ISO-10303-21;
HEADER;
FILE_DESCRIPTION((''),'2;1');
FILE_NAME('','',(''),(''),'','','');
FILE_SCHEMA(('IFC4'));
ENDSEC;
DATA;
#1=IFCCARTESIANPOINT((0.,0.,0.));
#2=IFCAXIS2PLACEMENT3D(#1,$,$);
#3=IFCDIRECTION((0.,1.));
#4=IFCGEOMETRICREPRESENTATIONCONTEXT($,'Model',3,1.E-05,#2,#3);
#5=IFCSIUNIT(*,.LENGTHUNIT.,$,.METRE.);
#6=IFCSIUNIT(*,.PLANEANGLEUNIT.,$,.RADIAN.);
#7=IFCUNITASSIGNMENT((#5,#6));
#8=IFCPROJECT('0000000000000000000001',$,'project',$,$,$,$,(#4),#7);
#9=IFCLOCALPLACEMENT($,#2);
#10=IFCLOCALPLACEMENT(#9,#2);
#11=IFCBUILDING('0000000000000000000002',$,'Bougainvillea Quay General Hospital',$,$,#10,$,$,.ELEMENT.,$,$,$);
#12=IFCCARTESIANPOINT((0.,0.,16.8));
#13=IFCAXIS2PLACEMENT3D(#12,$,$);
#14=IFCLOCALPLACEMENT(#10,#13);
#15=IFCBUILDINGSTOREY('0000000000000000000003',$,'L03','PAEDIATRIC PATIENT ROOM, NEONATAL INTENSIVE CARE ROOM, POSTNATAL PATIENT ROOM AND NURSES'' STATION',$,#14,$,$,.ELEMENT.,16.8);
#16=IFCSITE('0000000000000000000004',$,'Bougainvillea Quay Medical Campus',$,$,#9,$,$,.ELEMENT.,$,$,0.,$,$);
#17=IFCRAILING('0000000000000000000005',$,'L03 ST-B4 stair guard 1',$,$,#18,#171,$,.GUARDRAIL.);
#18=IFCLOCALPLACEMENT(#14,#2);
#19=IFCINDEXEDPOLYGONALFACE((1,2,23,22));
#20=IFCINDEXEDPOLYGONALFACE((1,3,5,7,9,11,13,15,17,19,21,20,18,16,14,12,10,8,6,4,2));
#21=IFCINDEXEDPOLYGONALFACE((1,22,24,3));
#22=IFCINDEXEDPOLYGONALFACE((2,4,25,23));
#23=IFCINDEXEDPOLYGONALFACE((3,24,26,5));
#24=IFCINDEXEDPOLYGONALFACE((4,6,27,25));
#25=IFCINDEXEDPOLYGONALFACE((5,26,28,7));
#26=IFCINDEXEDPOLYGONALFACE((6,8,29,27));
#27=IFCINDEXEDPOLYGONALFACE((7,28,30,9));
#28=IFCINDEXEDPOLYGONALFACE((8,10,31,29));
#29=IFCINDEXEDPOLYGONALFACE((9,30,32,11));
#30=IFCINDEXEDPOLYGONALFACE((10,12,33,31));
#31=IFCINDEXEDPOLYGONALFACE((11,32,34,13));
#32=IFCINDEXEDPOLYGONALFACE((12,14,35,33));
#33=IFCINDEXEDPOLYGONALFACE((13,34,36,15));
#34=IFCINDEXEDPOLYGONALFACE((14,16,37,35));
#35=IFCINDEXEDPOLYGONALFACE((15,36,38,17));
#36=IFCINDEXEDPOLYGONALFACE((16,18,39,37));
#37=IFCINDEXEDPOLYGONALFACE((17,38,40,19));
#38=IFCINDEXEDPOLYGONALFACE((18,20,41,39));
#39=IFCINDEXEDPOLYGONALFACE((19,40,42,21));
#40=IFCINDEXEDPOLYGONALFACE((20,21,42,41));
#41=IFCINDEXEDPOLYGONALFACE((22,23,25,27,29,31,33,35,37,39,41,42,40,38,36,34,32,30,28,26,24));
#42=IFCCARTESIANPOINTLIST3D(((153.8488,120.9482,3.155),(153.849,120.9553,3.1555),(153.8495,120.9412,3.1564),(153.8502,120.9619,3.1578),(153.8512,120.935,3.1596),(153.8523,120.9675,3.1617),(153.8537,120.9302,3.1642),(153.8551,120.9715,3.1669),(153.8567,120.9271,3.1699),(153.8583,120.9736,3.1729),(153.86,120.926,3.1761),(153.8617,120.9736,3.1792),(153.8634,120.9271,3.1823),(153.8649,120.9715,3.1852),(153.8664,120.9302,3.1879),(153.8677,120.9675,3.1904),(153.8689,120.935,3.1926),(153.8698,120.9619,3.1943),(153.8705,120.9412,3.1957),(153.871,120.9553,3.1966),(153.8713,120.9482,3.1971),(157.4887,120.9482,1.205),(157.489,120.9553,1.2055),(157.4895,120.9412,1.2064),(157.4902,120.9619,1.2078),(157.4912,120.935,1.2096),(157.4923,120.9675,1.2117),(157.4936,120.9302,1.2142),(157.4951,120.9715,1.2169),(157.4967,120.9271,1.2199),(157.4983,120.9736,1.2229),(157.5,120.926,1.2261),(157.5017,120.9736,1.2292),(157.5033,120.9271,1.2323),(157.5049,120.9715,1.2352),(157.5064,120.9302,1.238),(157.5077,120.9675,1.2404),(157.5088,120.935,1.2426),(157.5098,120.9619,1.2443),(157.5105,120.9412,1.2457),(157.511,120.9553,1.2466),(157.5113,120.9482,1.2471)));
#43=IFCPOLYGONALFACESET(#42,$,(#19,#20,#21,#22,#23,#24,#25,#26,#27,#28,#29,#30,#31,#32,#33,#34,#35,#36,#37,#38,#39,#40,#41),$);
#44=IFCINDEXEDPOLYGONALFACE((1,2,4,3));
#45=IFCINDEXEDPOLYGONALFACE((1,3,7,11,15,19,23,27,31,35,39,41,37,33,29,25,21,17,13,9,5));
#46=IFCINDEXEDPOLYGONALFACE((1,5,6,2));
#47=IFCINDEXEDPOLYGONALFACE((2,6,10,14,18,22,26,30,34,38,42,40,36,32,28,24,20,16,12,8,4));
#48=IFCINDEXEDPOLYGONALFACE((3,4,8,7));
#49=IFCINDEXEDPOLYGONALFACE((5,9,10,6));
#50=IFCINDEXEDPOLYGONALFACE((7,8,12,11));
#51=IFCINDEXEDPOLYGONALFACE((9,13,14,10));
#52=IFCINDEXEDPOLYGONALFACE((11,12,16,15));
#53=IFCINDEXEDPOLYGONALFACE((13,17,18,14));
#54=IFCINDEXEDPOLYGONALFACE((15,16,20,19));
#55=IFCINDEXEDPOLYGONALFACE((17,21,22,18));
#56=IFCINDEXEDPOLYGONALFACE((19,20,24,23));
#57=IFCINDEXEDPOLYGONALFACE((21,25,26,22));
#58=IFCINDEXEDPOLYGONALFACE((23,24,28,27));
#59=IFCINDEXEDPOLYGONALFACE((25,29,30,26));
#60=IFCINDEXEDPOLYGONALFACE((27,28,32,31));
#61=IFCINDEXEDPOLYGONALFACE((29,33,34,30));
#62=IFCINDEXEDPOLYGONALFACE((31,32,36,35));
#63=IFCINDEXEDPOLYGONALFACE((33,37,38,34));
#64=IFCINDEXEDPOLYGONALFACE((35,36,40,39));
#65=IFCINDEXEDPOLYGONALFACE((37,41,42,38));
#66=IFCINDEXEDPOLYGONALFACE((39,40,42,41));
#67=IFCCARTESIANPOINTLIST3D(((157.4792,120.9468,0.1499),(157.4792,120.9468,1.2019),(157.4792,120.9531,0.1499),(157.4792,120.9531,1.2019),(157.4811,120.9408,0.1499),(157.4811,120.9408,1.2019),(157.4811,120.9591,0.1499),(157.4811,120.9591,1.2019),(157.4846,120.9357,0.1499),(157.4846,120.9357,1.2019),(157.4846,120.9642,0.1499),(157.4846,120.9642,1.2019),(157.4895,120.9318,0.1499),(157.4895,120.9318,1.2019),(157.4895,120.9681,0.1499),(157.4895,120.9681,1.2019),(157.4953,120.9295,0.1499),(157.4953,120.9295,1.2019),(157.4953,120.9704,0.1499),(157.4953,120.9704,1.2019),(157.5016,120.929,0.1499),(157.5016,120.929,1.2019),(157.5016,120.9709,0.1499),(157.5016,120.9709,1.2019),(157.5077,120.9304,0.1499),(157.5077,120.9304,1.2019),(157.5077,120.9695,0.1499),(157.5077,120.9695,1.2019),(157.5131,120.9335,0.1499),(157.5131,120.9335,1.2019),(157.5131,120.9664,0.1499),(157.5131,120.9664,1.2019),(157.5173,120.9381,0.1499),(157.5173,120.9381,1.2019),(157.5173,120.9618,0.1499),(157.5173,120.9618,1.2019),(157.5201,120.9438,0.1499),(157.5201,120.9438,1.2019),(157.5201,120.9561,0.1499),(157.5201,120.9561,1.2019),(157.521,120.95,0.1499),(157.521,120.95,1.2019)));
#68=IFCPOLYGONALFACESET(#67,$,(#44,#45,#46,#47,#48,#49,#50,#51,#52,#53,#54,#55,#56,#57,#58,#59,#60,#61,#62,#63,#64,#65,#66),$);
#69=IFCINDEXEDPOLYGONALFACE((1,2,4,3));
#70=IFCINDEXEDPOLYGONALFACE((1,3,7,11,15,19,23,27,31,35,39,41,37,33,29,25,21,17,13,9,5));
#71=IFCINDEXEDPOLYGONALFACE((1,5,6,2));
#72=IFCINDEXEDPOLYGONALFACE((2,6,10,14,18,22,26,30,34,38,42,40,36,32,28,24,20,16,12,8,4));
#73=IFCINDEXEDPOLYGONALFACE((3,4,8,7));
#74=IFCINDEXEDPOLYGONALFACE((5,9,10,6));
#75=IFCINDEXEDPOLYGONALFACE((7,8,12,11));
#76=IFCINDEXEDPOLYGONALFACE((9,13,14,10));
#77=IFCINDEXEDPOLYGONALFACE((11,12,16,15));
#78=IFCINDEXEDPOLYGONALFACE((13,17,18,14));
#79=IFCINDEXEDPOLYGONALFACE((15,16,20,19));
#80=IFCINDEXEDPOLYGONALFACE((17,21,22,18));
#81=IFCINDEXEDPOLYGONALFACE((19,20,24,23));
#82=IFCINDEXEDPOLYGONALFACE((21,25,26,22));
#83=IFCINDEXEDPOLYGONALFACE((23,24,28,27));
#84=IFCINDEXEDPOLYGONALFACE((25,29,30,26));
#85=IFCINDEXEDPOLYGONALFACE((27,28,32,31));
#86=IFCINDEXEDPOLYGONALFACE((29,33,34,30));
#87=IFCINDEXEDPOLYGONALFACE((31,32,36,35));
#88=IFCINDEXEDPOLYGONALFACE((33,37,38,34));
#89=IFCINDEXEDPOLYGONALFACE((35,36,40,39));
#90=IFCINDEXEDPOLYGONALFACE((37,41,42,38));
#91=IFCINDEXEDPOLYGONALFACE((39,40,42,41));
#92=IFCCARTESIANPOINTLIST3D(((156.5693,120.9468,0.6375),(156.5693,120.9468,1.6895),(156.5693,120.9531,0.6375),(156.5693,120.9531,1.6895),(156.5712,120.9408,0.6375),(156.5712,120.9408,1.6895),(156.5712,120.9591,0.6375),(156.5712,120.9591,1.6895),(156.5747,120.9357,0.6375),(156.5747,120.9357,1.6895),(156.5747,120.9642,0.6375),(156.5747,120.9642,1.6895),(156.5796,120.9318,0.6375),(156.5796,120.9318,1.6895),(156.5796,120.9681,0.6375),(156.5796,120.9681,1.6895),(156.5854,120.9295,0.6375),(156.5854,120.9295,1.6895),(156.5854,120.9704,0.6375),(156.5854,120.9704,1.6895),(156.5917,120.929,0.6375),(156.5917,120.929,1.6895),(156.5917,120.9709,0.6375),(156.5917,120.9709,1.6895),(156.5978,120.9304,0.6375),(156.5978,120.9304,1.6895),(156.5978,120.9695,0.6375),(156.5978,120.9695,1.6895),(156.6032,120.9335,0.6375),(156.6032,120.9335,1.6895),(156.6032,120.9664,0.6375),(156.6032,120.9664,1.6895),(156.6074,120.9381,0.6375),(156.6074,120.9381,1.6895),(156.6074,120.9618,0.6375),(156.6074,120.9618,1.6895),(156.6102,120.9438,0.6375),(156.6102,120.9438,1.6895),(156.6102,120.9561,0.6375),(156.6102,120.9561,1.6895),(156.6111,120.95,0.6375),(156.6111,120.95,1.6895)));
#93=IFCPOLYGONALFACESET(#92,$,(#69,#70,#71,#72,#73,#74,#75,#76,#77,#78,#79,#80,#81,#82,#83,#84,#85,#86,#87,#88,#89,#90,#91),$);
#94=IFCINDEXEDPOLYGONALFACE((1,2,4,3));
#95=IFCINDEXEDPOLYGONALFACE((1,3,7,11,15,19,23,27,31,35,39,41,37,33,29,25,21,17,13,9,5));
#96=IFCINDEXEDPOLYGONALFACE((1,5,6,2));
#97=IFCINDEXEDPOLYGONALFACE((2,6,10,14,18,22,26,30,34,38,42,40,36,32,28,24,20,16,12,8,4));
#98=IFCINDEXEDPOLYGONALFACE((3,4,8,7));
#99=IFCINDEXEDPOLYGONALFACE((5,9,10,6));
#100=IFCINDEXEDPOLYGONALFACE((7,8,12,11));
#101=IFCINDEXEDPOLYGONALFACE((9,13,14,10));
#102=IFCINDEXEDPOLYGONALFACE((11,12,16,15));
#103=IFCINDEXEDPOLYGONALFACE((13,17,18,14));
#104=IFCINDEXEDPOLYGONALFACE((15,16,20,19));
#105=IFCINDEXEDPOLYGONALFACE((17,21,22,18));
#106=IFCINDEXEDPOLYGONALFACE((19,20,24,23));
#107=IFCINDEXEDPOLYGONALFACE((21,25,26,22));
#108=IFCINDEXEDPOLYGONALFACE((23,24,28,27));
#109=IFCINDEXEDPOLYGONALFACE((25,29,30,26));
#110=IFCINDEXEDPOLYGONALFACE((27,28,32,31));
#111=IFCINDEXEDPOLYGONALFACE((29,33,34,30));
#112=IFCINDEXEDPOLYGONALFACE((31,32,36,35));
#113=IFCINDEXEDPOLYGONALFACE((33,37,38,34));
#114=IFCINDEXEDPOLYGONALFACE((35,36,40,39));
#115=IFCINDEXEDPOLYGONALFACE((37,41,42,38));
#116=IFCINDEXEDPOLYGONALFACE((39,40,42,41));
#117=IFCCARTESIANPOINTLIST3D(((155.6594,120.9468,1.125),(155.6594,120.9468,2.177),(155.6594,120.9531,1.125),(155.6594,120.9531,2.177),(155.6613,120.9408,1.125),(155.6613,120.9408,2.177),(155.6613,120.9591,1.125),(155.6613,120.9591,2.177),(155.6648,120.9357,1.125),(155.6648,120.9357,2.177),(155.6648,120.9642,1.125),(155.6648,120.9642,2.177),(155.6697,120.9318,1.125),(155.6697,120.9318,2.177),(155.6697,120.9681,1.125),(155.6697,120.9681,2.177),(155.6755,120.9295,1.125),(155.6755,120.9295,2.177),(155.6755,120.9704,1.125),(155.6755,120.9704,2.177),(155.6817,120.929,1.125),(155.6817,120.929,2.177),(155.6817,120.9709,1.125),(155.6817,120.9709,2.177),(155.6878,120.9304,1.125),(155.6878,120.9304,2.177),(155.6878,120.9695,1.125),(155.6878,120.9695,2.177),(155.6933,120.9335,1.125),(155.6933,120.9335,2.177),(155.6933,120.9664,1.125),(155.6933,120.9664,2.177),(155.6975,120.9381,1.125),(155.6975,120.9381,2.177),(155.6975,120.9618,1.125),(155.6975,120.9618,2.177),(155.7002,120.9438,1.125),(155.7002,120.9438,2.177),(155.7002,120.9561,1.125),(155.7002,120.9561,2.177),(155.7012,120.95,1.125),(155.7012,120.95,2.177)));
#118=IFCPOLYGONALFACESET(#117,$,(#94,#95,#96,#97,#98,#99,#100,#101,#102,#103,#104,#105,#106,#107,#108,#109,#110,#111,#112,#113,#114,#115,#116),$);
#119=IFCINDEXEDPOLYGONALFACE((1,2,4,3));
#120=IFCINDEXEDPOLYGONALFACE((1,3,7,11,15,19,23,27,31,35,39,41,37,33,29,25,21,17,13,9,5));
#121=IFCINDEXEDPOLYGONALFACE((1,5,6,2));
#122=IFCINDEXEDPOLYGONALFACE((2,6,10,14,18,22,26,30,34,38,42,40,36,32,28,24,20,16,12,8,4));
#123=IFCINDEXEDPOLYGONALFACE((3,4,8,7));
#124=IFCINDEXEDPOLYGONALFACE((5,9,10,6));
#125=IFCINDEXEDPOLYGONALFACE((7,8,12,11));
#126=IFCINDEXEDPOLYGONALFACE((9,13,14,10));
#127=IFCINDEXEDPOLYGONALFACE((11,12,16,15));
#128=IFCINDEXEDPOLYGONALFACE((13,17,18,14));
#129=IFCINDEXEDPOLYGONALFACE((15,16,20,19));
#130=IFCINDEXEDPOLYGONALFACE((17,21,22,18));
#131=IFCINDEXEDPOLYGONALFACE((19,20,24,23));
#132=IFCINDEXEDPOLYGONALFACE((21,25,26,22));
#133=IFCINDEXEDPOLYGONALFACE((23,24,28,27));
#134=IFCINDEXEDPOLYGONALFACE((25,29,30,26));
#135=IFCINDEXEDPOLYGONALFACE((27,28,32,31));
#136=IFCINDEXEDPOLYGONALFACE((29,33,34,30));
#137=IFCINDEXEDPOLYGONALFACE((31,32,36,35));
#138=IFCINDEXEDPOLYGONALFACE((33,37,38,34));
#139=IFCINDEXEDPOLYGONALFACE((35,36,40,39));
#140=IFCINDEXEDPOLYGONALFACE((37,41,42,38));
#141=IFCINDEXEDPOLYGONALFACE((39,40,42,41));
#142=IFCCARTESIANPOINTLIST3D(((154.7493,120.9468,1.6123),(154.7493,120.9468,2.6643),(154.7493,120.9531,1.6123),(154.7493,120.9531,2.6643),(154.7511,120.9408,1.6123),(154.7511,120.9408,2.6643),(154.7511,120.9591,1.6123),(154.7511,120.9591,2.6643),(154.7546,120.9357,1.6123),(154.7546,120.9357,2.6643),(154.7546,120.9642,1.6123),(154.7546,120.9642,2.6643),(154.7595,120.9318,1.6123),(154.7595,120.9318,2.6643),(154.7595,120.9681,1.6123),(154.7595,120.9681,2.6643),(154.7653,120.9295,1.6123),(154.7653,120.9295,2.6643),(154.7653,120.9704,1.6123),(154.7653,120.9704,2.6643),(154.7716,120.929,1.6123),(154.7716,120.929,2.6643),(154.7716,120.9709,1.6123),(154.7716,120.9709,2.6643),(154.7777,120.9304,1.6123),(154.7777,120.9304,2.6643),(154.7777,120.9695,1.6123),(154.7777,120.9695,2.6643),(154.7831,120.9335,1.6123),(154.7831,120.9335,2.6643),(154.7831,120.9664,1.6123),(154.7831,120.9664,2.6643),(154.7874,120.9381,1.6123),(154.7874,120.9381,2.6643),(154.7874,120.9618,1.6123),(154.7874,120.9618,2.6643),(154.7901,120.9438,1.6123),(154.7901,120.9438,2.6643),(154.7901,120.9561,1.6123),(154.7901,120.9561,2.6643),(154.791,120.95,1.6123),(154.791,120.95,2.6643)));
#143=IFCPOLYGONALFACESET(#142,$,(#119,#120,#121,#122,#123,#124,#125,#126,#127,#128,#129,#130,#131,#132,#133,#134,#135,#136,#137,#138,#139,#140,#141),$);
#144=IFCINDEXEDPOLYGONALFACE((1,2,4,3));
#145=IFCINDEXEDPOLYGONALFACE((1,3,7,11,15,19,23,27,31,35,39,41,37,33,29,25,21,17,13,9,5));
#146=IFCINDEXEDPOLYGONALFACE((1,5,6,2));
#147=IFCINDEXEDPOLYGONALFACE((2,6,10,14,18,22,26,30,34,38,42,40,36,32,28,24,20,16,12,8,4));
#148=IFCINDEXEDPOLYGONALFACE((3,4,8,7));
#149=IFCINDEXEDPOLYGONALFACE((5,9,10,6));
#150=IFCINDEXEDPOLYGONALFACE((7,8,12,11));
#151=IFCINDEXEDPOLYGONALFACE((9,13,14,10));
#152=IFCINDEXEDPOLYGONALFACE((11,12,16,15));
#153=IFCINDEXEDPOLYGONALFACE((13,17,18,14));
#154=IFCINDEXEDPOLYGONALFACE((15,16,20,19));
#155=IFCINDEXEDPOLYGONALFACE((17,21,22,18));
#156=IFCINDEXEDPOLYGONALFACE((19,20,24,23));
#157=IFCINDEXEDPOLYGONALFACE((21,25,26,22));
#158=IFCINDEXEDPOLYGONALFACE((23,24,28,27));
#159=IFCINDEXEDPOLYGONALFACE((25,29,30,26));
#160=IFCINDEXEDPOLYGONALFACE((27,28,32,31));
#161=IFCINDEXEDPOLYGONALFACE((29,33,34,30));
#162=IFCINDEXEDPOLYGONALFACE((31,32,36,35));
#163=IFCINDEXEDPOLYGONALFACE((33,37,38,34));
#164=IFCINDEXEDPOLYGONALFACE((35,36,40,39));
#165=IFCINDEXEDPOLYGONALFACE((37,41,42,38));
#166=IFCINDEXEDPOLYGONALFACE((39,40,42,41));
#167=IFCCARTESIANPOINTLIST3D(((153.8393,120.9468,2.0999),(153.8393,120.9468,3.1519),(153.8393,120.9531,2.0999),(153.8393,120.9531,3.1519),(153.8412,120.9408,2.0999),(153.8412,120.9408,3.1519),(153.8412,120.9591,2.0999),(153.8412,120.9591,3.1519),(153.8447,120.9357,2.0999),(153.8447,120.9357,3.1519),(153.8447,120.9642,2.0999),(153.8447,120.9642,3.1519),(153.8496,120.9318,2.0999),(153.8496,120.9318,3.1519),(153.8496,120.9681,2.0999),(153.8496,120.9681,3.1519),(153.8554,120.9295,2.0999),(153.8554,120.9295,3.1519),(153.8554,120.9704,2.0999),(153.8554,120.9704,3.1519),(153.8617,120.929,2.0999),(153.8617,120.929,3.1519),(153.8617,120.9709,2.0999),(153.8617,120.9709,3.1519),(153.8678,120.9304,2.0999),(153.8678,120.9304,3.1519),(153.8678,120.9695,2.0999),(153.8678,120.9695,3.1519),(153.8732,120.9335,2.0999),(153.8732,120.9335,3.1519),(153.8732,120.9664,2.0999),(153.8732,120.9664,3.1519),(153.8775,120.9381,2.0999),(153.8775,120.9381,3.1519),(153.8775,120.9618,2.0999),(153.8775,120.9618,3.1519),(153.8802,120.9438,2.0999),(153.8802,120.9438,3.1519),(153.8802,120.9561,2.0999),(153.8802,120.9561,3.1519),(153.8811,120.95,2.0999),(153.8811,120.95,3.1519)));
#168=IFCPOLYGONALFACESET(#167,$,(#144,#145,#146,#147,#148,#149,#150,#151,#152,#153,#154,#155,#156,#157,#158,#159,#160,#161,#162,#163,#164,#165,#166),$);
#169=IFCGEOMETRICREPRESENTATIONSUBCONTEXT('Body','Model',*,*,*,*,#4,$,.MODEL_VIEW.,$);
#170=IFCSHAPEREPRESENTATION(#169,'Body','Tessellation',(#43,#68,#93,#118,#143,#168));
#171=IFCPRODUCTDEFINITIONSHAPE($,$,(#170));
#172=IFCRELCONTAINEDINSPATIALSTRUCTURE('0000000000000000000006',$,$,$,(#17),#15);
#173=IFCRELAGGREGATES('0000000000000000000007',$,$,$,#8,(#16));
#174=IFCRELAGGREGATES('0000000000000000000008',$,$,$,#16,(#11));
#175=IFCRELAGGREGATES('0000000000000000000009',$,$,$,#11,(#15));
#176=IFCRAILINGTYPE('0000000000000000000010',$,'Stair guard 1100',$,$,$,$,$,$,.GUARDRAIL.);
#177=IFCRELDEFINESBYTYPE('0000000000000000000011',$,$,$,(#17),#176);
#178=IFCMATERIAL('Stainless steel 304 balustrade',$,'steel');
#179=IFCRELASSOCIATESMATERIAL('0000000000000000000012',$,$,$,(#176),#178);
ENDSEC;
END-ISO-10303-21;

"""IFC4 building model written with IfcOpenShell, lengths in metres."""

from ifc_helpers import new_model, si_unit, direction, frame, origin, origin_2d, place, context, subcontext, project, spatial, circle, extrude, material, type_object, element, save


model = new_model("IFC4")

# Units and contexts
model_context = context("Model", 3, precision=1e-05, world=origin(), true_north=direction((0.0, 1.0)))
body_context = subcontext(model_context, "Body", "Model", "MODEL_VIEW")
ifc_project = project(units=[si_unit("LENGTHUNIT", "METRE"), si_unit("PLANEANGLEUNIT", "RADIAN")], contexts=[model_context])

# Site, building, storey
site_placement = place(None, origin())
site = spatial("IfcSite", under=ifc_project, at=site_placement, Name="Bougainvillea Quay Medical Campus", CompositionType="ELEMENT", RefElevation=0.0)
building_placement = place(site_placement, origin())
building = spatial("IfcBuilding", under=site, at=building_placement, Name="Bougainvillea Quay General Hospital", CompositionType="ELEMENT")
storey_placement = place(building_placement, frame((0.0, 0.0, 16.8)))
storey = spatial("IfcBuildingStorey", under=building, at=storey_placement, Name="L03", Description="PAEDIATRIC PATIENT ROOM, NEONATAL INTENSIVE CARE ROOM, POSTNATAL PATIENT ROOM AND NURSES' STATION", CompositionType="ELEMENT", Elevation=16.8)

# Railing
ifc_material_1 = material(Name="Stainless steel 304 balustrade", Category="steel")
railing_type = type_object("IfcRailingType", Name="Stair guard 1100", PredefinedType="GUARDRAIL", material=ifc_material_1)
railing_1_placement = place(storey_placement, frame((157.5, 120.95, 0.1499)))
element("IfcRailing", 1, at=railing_1_placement, inside=storey, type_object=railing_type, Name="L03 ST-B4 stair guard 1", PredefinedType="GUARDRAIL", context=body_context, shape_type="SweptSolid", body=[
    extrude(circle(Radius=0.0239, at=origin_2d()), frame((0.0, 0.0, 1.0762), z_axis=(-0.881479, 0.0, 0.472223), x_axis=(0.0, -1.0, 0.0)), (0.0, 0.0, 1.0), 4.1294),
    extrude(circle(Radius=0.021, at=origin_2d()), origin(), (0.0, 0.0, 1.0), 1.052),
    extrude(circle(Radius=0.021, at=origin_2d()), frame((-0.9099, 0.0, 0.4875)), (0.0, 0.0, 1.0), 1.052),
    extrude(circle(Radius=0.021, at=origin_2d()), frame((-1.8198, 0.0, 0.9751)), (0.0, 0.0, 1.0), 1.052),
    extrude(circle(Radius=0.021, at=origin_2d()), frame((-2.73, 0.0, 1.4624)), (0.0, 0.0, 1.0), 1.052),
    extrude(circle(Radius=0.021, at=origin_2d()), frame((-3.6399, 0.0, 1.95)), (0.0, 0.0, 1.0), 1.052),
])

save(model, "model.ifc")
